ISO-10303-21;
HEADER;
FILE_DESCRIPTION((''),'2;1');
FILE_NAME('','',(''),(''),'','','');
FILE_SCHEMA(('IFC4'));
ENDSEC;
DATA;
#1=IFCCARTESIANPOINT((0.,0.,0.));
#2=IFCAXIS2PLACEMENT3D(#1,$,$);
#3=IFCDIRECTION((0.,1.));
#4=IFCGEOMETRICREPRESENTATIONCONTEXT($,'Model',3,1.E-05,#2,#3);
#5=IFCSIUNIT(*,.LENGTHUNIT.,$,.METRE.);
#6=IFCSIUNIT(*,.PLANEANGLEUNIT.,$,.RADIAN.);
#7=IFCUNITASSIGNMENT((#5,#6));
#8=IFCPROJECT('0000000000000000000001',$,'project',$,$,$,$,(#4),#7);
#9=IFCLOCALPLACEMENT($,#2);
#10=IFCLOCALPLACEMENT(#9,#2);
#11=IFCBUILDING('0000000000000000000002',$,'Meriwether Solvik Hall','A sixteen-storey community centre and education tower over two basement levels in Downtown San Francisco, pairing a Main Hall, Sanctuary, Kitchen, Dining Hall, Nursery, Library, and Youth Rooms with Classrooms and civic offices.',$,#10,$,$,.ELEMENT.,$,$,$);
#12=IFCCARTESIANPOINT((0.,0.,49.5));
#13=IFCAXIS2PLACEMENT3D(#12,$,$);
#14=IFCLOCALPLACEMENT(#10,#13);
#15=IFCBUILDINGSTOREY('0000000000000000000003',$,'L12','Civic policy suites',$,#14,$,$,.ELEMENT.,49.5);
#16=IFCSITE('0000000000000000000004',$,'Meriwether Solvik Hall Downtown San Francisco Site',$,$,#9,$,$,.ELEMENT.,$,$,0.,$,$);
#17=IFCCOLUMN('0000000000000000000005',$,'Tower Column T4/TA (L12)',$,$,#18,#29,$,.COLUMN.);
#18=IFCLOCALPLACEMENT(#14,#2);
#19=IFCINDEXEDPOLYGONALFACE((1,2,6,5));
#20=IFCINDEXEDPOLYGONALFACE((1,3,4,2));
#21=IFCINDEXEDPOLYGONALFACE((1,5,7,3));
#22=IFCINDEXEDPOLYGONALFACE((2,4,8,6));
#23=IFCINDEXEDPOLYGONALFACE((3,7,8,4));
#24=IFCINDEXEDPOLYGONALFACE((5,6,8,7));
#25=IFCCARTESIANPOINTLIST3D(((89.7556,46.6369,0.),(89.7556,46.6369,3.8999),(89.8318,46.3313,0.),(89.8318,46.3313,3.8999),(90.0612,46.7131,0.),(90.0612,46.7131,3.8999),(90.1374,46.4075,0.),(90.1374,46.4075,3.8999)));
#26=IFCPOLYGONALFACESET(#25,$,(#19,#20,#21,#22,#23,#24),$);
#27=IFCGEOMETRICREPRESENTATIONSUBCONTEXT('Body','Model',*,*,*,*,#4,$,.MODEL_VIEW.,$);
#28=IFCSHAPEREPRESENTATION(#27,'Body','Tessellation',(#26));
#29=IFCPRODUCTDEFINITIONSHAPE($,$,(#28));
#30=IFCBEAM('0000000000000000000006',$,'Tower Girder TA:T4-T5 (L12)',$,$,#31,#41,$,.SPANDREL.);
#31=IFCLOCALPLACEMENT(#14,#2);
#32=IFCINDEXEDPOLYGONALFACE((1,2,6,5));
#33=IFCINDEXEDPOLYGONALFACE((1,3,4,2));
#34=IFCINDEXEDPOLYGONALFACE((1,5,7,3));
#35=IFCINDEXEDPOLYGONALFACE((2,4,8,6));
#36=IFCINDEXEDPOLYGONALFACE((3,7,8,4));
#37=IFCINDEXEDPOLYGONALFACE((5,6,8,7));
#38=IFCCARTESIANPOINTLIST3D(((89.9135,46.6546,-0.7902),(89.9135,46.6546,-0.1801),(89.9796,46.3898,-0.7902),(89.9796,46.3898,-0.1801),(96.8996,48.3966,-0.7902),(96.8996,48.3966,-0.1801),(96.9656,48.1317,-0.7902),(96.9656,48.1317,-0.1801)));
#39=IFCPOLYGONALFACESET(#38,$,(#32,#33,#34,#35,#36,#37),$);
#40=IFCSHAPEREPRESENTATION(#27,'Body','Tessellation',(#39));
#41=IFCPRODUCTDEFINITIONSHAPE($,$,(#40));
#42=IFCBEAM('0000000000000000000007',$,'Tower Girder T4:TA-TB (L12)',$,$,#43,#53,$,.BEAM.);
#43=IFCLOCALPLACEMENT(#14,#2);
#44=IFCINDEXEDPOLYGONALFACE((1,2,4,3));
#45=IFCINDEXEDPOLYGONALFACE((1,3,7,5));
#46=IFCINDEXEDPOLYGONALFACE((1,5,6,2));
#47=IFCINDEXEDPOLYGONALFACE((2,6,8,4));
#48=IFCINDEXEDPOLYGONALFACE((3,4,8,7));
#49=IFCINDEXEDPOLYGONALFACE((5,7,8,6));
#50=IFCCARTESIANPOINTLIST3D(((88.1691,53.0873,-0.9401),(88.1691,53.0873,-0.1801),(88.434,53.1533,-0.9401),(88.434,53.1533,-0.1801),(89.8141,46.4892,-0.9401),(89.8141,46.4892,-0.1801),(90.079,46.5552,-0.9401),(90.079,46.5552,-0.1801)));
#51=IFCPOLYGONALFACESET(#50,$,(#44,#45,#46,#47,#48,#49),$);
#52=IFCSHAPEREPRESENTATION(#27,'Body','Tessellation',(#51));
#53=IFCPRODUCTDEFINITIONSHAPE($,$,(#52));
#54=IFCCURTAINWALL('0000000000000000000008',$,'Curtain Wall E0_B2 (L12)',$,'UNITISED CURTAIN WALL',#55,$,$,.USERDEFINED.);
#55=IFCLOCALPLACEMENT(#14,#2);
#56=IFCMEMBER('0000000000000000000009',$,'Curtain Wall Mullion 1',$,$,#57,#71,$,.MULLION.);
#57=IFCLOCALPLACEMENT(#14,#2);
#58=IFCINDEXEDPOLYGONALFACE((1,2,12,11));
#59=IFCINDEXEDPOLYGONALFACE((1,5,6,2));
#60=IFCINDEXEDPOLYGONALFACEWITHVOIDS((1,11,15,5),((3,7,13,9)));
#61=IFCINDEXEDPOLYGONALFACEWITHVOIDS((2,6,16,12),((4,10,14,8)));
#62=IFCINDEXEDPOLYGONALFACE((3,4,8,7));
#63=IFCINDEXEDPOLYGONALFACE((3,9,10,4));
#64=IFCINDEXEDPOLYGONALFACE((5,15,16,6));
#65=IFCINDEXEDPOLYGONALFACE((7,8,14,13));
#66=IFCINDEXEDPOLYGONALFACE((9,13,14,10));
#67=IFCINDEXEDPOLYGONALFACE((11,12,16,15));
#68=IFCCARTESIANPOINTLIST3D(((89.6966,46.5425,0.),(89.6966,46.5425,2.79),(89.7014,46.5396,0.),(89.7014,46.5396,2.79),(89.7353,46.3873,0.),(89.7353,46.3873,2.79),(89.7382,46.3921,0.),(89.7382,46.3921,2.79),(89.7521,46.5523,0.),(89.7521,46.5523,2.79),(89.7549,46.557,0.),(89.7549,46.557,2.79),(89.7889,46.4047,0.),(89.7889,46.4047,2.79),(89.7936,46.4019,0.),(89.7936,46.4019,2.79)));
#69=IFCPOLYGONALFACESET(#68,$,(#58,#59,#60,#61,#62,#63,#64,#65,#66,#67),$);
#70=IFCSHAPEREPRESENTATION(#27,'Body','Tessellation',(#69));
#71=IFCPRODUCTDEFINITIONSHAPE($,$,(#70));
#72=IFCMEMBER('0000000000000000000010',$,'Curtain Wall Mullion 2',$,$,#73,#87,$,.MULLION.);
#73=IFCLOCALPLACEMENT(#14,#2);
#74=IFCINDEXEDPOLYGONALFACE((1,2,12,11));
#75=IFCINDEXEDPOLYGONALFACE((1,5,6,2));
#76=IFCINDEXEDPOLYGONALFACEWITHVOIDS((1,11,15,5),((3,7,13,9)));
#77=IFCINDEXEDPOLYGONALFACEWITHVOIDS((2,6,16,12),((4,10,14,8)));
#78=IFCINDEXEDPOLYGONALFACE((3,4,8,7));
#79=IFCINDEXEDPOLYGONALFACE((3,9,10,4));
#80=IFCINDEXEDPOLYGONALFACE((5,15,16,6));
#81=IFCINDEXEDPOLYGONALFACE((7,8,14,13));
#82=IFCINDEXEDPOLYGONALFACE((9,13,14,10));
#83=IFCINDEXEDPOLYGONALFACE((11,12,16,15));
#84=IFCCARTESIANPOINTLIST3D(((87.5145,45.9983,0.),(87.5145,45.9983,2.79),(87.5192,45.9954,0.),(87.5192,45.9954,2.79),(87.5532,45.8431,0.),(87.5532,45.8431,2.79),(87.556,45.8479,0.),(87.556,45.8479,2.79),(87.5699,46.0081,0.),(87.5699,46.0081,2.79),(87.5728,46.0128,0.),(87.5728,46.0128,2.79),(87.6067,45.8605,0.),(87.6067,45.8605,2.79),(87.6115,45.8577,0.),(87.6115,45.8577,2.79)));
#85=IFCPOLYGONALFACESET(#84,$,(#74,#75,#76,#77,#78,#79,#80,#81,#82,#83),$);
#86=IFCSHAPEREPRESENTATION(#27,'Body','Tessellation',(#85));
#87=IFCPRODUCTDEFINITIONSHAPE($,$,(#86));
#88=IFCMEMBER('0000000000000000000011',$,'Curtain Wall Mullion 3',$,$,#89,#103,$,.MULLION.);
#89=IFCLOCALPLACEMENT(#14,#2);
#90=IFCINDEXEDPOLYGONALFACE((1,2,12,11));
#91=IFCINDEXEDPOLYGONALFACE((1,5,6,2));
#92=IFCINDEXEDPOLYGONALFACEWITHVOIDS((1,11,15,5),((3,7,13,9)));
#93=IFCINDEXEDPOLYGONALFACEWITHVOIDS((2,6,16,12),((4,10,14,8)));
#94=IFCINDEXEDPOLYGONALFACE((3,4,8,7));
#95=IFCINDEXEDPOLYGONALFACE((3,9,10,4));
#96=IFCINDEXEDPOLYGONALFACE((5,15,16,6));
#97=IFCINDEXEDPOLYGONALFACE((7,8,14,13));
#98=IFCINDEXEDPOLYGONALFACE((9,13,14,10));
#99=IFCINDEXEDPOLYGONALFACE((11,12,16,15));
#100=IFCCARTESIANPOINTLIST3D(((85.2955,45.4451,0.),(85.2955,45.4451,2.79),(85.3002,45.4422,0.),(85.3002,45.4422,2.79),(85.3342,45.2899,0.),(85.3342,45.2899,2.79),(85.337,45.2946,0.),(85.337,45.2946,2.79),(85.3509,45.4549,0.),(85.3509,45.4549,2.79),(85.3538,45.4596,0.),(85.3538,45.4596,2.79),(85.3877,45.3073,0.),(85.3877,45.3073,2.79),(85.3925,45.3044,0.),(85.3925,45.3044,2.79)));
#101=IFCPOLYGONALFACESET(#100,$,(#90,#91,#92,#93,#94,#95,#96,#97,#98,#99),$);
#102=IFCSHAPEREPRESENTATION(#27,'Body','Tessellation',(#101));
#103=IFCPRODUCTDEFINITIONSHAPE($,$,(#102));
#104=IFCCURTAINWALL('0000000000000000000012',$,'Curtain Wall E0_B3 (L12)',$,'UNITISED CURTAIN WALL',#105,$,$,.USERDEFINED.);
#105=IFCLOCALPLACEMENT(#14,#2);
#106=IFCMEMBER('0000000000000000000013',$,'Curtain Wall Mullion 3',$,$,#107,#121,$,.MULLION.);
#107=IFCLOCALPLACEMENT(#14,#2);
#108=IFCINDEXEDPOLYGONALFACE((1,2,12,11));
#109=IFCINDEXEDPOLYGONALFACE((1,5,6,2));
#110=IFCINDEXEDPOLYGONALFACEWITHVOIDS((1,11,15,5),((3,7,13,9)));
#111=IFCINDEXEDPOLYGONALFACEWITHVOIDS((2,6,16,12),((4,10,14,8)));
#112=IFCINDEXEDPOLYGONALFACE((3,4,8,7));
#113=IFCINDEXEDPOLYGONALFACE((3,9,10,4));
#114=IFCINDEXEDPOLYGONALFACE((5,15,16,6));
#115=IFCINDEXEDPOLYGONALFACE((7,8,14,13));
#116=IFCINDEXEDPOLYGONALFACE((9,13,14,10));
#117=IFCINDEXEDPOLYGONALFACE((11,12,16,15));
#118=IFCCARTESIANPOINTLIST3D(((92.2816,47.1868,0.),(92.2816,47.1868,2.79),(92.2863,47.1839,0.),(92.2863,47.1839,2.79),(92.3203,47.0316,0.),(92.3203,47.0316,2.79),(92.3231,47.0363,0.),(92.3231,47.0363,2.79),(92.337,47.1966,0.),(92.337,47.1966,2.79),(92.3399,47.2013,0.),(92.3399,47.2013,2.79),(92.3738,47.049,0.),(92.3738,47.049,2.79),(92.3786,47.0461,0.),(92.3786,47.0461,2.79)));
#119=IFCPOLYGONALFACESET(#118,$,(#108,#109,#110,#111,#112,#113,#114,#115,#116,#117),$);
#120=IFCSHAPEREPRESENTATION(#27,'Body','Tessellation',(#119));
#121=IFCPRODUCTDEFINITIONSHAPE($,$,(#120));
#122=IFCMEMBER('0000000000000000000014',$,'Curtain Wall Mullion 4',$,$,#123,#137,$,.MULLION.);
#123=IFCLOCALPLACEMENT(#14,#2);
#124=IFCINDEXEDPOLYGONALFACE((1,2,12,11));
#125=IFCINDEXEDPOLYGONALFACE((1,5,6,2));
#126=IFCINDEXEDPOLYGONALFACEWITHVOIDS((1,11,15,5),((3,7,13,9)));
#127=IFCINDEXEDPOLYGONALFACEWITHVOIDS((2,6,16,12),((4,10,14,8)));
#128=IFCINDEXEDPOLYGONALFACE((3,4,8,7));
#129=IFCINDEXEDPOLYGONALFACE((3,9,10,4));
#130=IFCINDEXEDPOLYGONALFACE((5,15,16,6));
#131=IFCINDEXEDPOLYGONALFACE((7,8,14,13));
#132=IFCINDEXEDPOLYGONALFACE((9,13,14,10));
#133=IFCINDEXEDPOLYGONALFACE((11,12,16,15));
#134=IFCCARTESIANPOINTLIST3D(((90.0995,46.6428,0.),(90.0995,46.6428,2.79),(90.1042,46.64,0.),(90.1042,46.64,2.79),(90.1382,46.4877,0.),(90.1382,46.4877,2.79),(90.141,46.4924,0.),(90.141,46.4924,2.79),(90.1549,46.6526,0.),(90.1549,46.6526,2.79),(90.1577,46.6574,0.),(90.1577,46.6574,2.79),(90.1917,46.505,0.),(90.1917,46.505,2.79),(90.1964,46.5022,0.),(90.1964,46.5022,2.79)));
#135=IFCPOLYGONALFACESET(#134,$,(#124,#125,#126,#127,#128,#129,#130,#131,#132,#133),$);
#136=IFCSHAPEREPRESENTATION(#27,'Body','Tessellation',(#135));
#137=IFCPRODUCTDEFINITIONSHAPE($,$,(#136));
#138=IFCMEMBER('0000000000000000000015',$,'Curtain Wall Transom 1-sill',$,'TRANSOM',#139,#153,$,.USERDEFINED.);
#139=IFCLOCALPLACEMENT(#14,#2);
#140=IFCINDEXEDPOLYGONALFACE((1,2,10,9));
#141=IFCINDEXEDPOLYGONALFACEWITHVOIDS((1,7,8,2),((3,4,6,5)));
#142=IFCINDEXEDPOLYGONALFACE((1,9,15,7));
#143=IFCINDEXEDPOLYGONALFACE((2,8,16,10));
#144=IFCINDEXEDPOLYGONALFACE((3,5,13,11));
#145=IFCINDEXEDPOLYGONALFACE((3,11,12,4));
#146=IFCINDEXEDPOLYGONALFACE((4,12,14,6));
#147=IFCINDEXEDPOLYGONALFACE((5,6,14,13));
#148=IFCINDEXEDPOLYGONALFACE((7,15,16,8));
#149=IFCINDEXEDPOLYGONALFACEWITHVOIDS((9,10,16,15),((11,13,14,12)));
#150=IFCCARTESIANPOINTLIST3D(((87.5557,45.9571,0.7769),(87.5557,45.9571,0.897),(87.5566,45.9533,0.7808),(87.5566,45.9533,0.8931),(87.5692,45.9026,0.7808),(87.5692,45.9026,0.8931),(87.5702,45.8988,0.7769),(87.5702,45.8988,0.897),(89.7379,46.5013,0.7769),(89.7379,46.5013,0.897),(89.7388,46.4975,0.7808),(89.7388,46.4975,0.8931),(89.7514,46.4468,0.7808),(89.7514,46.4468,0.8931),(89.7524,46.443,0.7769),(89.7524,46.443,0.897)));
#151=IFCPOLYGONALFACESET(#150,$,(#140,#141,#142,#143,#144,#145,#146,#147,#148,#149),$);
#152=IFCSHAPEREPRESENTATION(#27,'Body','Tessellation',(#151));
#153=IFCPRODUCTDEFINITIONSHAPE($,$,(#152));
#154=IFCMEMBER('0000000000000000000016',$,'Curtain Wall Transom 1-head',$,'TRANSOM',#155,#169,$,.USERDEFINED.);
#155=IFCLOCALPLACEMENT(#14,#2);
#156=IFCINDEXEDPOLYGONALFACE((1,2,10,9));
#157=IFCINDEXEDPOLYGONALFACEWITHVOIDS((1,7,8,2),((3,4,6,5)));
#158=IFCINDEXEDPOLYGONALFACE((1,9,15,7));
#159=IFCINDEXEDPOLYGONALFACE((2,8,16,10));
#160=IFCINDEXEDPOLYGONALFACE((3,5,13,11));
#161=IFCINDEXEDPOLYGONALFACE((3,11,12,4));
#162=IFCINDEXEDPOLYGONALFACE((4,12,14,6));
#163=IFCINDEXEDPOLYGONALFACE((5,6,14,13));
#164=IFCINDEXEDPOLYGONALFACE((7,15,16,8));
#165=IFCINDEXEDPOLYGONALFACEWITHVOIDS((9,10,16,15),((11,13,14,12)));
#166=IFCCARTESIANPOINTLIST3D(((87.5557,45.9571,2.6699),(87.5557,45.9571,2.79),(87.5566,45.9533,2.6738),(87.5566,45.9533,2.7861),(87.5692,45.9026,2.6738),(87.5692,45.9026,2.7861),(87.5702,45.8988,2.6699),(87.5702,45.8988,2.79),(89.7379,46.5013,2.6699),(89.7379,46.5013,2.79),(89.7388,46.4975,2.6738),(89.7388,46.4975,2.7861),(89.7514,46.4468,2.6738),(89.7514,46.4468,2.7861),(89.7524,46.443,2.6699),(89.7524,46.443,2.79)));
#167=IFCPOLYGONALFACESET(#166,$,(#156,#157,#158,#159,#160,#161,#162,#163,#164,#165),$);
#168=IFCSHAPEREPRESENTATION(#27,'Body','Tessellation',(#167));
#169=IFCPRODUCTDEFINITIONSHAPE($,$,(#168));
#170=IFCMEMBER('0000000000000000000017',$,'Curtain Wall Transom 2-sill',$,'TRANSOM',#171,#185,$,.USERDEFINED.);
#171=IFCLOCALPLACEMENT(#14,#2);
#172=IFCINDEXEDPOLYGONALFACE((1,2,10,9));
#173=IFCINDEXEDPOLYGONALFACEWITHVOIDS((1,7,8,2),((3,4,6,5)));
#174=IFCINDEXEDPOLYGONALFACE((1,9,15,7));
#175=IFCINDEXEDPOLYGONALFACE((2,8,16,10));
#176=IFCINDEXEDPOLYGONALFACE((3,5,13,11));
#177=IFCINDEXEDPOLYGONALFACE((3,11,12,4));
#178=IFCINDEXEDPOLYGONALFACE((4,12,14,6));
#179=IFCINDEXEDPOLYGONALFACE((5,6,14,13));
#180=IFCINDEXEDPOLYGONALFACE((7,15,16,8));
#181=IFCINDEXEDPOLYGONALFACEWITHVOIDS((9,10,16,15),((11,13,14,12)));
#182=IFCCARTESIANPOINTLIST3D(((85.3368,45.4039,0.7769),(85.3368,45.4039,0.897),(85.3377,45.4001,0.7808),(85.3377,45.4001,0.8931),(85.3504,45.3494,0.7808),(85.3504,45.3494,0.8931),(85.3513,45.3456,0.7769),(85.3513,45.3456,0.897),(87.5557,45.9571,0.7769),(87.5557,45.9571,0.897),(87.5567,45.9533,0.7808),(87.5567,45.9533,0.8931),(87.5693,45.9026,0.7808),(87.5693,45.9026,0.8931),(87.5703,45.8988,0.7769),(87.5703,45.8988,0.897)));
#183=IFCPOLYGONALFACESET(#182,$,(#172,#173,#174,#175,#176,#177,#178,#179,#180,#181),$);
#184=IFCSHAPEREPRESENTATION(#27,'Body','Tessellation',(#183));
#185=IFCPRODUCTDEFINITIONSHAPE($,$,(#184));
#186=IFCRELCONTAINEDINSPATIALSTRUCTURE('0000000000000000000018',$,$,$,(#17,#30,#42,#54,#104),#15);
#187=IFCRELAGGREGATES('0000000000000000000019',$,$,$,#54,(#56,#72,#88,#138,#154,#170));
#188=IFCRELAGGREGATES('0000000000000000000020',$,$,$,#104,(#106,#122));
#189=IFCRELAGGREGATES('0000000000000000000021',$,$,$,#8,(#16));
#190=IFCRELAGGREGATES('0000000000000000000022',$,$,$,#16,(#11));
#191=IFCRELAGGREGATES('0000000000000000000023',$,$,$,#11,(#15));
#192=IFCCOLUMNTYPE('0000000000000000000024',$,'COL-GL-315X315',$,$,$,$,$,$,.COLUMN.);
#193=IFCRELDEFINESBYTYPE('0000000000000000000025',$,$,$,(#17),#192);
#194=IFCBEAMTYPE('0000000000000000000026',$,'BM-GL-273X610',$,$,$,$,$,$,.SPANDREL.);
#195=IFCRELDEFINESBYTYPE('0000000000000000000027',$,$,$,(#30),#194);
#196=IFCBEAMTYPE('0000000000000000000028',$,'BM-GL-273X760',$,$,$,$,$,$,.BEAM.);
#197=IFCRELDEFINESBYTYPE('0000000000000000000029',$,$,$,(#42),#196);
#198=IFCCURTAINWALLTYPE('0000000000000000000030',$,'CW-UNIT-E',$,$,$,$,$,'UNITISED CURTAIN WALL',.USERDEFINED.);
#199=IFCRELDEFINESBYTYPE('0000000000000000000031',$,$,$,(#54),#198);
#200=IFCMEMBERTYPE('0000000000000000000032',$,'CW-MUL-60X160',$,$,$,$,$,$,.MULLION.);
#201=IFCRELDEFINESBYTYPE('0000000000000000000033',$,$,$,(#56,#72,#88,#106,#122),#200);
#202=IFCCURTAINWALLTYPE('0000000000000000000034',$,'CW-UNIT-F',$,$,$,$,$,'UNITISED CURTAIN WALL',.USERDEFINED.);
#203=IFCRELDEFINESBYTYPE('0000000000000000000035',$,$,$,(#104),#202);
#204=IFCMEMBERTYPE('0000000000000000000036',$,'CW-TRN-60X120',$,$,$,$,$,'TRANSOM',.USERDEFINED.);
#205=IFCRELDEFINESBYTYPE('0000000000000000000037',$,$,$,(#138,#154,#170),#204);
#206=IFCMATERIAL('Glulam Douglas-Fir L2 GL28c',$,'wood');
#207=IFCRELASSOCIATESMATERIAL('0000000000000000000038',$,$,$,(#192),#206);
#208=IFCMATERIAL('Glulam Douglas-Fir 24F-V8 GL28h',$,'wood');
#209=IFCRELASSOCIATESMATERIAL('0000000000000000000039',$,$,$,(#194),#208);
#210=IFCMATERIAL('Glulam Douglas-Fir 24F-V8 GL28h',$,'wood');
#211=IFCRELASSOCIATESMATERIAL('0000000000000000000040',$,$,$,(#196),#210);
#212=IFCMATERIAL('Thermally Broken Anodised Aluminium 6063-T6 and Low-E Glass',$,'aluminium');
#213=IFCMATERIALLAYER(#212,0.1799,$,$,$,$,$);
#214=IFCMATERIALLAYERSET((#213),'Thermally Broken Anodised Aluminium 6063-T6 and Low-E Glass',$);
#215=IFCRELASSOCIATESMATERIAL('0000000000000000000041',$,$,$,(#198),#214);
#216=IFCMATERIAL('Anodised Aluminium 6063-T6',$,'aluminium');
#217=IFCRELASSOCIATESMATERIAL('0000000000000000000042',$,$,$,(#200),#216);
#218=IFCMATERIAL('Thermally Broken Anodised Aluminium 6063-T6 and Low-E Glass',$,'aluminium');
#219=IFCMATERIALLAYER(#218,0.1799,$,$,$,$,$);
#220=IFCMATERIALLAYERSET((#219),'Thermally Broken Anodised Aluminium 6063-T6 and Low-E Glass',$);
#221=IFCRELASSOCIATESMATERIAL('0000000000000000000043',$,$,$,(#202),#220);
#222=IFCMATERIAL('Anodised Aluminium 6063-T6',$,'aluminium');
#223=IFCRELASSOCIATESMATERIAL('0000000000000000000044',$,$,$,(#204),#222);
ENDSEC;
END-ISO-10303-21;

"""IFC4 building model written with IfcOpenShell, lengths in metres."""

from ifc_helpers import new_model, si_unit, direction, frame, origin, origin_2d, place, context, subcontext, project, spatial, rectangle, hollow_rectangle, extrude, material, layer, layer_set, material_profile, profile_set, type_object, element, aggregate, save


model = new_model("IFC4")

# Units and contexts
model_context = context("Model", 3, precision=1e-05, world=origin(), true_north=direction((0.0, 1.0)))
body_context = subcontext(model_context, "Body", "Model", "MODEL_VIEW")
ifc_project = project(units=[si_unit("LENGTHUNIT", "METRE"), si_unit("PLANEANGLEUNIT", "RADIAN")], contexts=[model_context])

# Site, building, storey
site_placement = place(None, origin())
site = spatial("IfcSite", under=ifc_project, at=site_placement, Name="Meriwether Solvik Hall Downtown San Francisco Site", CompositionType="ELEMENT", RefElevation=0.0)
building_placement = place(site_placement, origin())
building = spatial("IfcBuilding", under=site, at=building_placement, Name="Meriwether Solvik Hall", Description="A sixteen-storey community centre and education tower over two basement levels in Downtown San Francisco, pairing a Main Hall, Sanctuary, Kitchen, Dining Hall, Nursery, Library, and Youth Rooms with Classrooms and civic offices.", CompositionType="ELEMENT")
storey_placement = place(building_placement, frame((0.0, 0.0, 49.5)))
storey = spatial("IfcBuildingStorey", under=building, at=storey_placement, Name="L12", Description="Civic policy suites", CompositionType="ELEMENT", Elevation=49.5)

# Column
ifc_material_1 = material(Name="Glulam Douglas-Fir L2 GL28c", Category="wood")
ifc_material_profile_1 = material_profile(ifc_material_1, rectangle(XDim=0.3149, YDim=0.3149, at=origin_2d()), Name="GLC-315X315")
ifc_profile_set_1 = profile_set([ifc_material_profile_1], Name="Glulam Douglas-Fir L2 GL28c")
column_type = type_object("IfcColumnType", Name="COL-GL-315X315", PredefinedType="COLUMN", material=ifc_profile_set_1)
column_placement = place(storey_placement, frame((89.9465, 46.5222, 0.0), z_axis=(0.0, 0.0, 1.0), x_axis=(0.970296, 0.241922, 0.0)))
element("IfcColumn", 1, at=column_placement, inside=storey, type_object=column_type, Name="Tower Column T4/TA (L12)", PredefinedType="COLUMN", context=body_context, shape_type="SweptSolid", body=[
    extrude(rectangle(XDim=0.3149, YDim=0.3149, at=origin_2d()), origin(), (0.0, 0.0, 1.0), 3.8999),
])

# Beams
ifc_material_2 = material(Name="Glulam Douglas-Fir 24F-V8 GL28h", Category="wood")
ifc_material_profile_2 = material_profile(ifc_material_2, rectangle(XDim=0.2729, YDim=0.6101, at=origin_2d()), Name="GLB-273X610")
ifc_profile_set_2 = profile_set([ifc_material_profile_2], Name="Glulam Douglas-Fir 24F-V8 GL28h")
beam_type_1 = type_object("IfcBeamType", Name="BM-GL-273X610", PredefinedType="SPANDREL", material=ifc_profile_set_2)
beam_1_placement = place(storey_placement, frame((89.9465, 46.5222, -0.4851), z_axis=(0.970292, 0.241937, 0.0), x_axis=(-0.241937, 0.970292, 0.0)))
element("IfcBeam", 2, at=beam_1_placement, inside=storey, type_object=beam_type_1, Name="Tower Girder TA:T4-T5 (L12)", PredefinedType="SPANDREL", context=body_context, shape_type="SweptSolid", body=[
    extrude(rectangle(XDim=0.2729, YDim=0.6101, at=origin_2d()), origin(), (0.0, 0.0, 1.0), 7.2),
])
ifc_material_3 = material(Name="Glulam Douglas-Fir 24F-V8 GL28h", Category="wood")
ifc_material_profile_3 = material_profile(ifc_material_3, rectangle(XDim=0.2729, YDim=0.76, at=origin_2d()), Name="GLB-273X760")
ifc_profile_set_3 = profile_set([ifc_material_profile_3], Name="Glulam Douglas-Fir 24F-V8 GL28h")
beam_type_2 = type_object("IfcBeamType", Name="BM-GL-273X760", PredefinedType="BEAM", material=ifc_profile_set_3)
beam_2_placement = place(storey_placement, frame((89.9465, 46.5222, -0.5601), z_axis=(-0.24191, 0.970299, 0.0), x_axis=(-0.970299, -0.24191, 0.0)))
element("IfcBeam", 3, at=beam_2_placement, inside=storey, type_object=beam_type_2, Name="Tower Girder T4:TA-TB (L12)", PredefinedType="BEAM", context=body_context, shape_type="SweptSolid", body=[
    extrude(rectangle(XDim=0.2729, YDim=0.76, at=origin_2d()), origin(), (0.0, 0.0, 1.0), 6.8),
])

# Curtain walls, members
ifc_material_4 = material(Name="Thermally Broken Anodised Aluminium 6063-T6 and Low-E Glass", Category="aluminium")
ifc_layer_1 = layer(ifc_material_4, 0.1799)
ifc_layer_set_1 = layer_set([ifc_layer_1], Name="Thermally Broken Anodised Aluminium 6063-T6 and Low-E Glass")
curtain_wall_type_1 = type_object("IfcCurtainWallType", Name="CW-UNIT-E", ElementType="UNITISED CURTAIN WALL", PredefinedType="USERDEFINED", material=ifc_layer_set_1)
curtain_wall_1_placement = place(storey_placement, origin())
curtain_wall_1 = element("IfcCurtainWall", 4, at=curtain_wall_1_placement, inside=storey, type_object=curtain_wall_type_1, Name="Curtain Wall E0_B2 (L12)", ObjectType="UNITISED CURTAIN WALL", PredefinedType="USERDEFINED")
ifc_material_5 = material(Name="Anodised Aluminium 6063-T6", Category="aluminium")
ifc_material_profile_4 = material_profile(ifc_material_5, hollow_rectangle(XDim=0.0601, YDim=0.1599, WallThickness=0.0039, at=origin_2d()), Name="CWM-60X160")
ifc_profile_set_4 = profile_set([ifc_material_profile_4], Name="Anodised Aluminium 6063-T6")
member_type_1 = type_object("IfcMemberType", Name="CW-MUL-60X160", PredefinedType="MULLION", material=ifc_profile_set_4)
member_1_placement = place(storey_placement, frame((89.7451, 46.4722, 0.0), z_axis=(0.0, 0.0, 1.0), x_axis=(-0.970296, -0.241922, 0.0)))
member_1 = element("IfcMember", 5, at=member_1_placement, type_object=member_type_1, Name="Curtain Wall Mullion 1", PredefinedType="MULLION", context=body_context, shape_type="SweptSolid", body=[
    extrude(hollow_rectangle(XDim=0.0601, YDim=0.1599, WallThickness=0.0039, at=origin_2d()), origin(), (0.0, 0.0, 1.0), 2.79),
])
member_2_placement = place(storey_placement, frame((87.563, 45.928, 0.0), z_axis=(0.0, 0.0, 1.0), x_axis=(-0.970296, -0.241922, 0.0)))
member_2 = element("IfcMember", 6, at=member_2_placement, type_object=member_type_1, Name="Curtain Wall Mullion 2", PredefinedType="MULLION", context=body_context, shape_type="SweptSolid", body=[
    extrude(hollow_rectangle(XDim=0.0601, YDim=0.1599, WallThickness=0.0039, at=origin_2d()), origin(), (0.0, 0.0, 1.0), 2.79),
])
member_3_placement = place(storey_placement, frame((85.344, 45.3748, 0.0), z_axis=(0.0, 0.0, 1.0), x_axis=(-0.970296, -0.241922, 0.0)))
member_3 = element("IfcMember", 7, at=member_3_placement, type_object=member_type_1, Name="Curtain Wall Mullion 3", PredefinedType="MULLION", context=body_context, shape_type="SweptSolid", body=[
    extrude(hollow_rectangle(XDim=0.0601, YDim=0.1599, WallThickness=0.0039, at=origin_2d()), origin(), (0.0, 0.0, 1.0), 2.79),
])
ifc_material_6 = material(Name="Thermally Broken Anodised Aluminium 6063-T6 and Low-E Glass", Category="aluminium")
ifc_layer_2 = layer(ifc_material_6, 0.1799)
ifc_layer_set_2 = layer_set([ifc_layer_2], Name="Thermally Broken Anodised Aluminium 6063-T6 and Low-E Glass")
curtain_wall_type_2 = type_object("IfcCurtainWallType", Name="CW-UNIT-F", ElementType="UNITISED CURTAIN WALL", PredefinedType="USERDEFINED", material=ifc_layer_set_2)
curtain_wall_2_placement = place(storey_placement, origin())
curtain_wall_2 = element("IfcCurtainWall", 8, at=curtain_wall_2_placement, inside=storey, type_object=curtain_wall_type_2, Name="Curtain Wall E0_B3 (L12)", ObjectType="UNITISED CURTAIN WALL", PredefinedType="USERDEFINED")
member_4_placement = place(storey_placement, frame((92.3301, 47.1165, 0.0), z_axis=(0.0, 0.0, 1.0), x_axis=(-0.970296, -0.241922, 0.0)))
member_4 = element("IfcMember", 9, at=member_4_placement, type_object=member_type_1, Name="Curtain Wall Mullion 3", PredefinedType="MULLION", context=body_context, shape_type="SweptSolid", body=[
    extrude(hollow_rectangle(XDim=0.0601, YDim=0.1599, WallThickness=0.0039, at=origin_2d()), origin(), (0.0, 0.0, 1.0), 2.79),
])
member_5_placement = place(storey_placement, frame((90.1479, 46.5725, 0.0), z_axis=(0.0, 0.0, 1.0), x_axis=(-0.970296, -0.241922, 0.0)))
member_5 = element("IfcMember", 10, at=member_5_placement, type_object=member_type_1, Name="Curtain Wall Mullion 4", PredefinedType="MULLION", context=body_context, shape_type="SweptSolid", body=[
    extrude(hollow_rectangle(XDim=0.0601, YDim=0.1599, WallThickness=0.0039, at=origin_2d()), origin(), (0.0, 0.0, 1.0), 2.79),
])

# Members
ifc_material_7 = material(Name="Anodised Aluminium 6063-T6", Category="aluminium")
ifc_material_profile_5 = material_profile(ifc_material_7, hollow_rectangle(XDim=0.0601, YDim=0.1201, WallThickness=0.0039, at=origin_2d()), Name="CWT-60X120")
ifc_profile_set_5 = profile_set([ifc_material_profile_5], Name="Anodised Aluminium 6063-T6")
member_type_2 = type_object("IfcMemberType", Name="CW-TRN-60X120", ElementType="TRANSOM", PredefinedType="USERDEFINED", material=ifc_profile_set_5)
member_6_placement = place(storey_placement, frame((89.7451, 46.4722, 0.8369), z_axis=(-0.970283, -0.241974, 0.0), x_axis=(0.241974, -0.970283, 0.0)))
member_6 = element("IfcMember", 11, at=member_6_placement, type_object=member_type_2, Name="Curtain Wall Transom 1-sill", ObjectType="TRANSOM", PredefinedType="USERDEFINED", context=body_context, shape_type="SweptSolid", body=[
    extrude(hollow_rectangle(XDim=0.0601, YDim=0.1201, WallThickness=0.0039, at=origin_2d()), origin(), (0.0, 0.0, 1.0), 2.249),
])
member_7_placement = place(storey_placement, frame((89.7451, 46.4722, 2.73), z_axis=(-0.970283, -0.241974, 0.0), x_axis=(0.241974, -0.970283, 0.0)))
member_7 = element("IfcMember", 12, at=member_7_placement, type_object=member_type_2, Name="Curtain Wall Transom 1-head", ObjectType="TRANSOM", PredefinedType="USERDEFINED", context=body_context, shape_type="SweptSolid", body=[
    extrude(hollow_rectangle(XDim=0.0601, YDim=0.1201, WallThickness=0.0039, at=origin_2d()), origin(), (0.0, 0.0, 1.0), 2.249),
])
member_8_placement = place(storey_placement, frame((87.563, 45.928, 0.8369), z_axis=(-0.970299, -0.241908, 0.0), x_axis=(0.241908, -0.970299, 0.0)))
member_8 = element("IfcMember", 13, at=member_8_placement, type_object=member_type_2, Name="Curtain Wall Transom 2-sill", ObjectType="TRANSOM", PredefinedType="USERDEFINED", context=body_context, shape_type="SweptSolid", body=[
    extrude(hollow_rectangle(XDim=0.0601, YDim=0.1201, WallThickness=0.0039, at=origin_2d()), origin(), (0.0, 0.0, 1.0), 2.2869),
])

aggregate(curtain_wall_1, [member_1, member_2, member_3, member_6, member_7, member_8])
aggregate(curtain_wall_2, [member_4, member_5])

save(model, "model.ifc")
